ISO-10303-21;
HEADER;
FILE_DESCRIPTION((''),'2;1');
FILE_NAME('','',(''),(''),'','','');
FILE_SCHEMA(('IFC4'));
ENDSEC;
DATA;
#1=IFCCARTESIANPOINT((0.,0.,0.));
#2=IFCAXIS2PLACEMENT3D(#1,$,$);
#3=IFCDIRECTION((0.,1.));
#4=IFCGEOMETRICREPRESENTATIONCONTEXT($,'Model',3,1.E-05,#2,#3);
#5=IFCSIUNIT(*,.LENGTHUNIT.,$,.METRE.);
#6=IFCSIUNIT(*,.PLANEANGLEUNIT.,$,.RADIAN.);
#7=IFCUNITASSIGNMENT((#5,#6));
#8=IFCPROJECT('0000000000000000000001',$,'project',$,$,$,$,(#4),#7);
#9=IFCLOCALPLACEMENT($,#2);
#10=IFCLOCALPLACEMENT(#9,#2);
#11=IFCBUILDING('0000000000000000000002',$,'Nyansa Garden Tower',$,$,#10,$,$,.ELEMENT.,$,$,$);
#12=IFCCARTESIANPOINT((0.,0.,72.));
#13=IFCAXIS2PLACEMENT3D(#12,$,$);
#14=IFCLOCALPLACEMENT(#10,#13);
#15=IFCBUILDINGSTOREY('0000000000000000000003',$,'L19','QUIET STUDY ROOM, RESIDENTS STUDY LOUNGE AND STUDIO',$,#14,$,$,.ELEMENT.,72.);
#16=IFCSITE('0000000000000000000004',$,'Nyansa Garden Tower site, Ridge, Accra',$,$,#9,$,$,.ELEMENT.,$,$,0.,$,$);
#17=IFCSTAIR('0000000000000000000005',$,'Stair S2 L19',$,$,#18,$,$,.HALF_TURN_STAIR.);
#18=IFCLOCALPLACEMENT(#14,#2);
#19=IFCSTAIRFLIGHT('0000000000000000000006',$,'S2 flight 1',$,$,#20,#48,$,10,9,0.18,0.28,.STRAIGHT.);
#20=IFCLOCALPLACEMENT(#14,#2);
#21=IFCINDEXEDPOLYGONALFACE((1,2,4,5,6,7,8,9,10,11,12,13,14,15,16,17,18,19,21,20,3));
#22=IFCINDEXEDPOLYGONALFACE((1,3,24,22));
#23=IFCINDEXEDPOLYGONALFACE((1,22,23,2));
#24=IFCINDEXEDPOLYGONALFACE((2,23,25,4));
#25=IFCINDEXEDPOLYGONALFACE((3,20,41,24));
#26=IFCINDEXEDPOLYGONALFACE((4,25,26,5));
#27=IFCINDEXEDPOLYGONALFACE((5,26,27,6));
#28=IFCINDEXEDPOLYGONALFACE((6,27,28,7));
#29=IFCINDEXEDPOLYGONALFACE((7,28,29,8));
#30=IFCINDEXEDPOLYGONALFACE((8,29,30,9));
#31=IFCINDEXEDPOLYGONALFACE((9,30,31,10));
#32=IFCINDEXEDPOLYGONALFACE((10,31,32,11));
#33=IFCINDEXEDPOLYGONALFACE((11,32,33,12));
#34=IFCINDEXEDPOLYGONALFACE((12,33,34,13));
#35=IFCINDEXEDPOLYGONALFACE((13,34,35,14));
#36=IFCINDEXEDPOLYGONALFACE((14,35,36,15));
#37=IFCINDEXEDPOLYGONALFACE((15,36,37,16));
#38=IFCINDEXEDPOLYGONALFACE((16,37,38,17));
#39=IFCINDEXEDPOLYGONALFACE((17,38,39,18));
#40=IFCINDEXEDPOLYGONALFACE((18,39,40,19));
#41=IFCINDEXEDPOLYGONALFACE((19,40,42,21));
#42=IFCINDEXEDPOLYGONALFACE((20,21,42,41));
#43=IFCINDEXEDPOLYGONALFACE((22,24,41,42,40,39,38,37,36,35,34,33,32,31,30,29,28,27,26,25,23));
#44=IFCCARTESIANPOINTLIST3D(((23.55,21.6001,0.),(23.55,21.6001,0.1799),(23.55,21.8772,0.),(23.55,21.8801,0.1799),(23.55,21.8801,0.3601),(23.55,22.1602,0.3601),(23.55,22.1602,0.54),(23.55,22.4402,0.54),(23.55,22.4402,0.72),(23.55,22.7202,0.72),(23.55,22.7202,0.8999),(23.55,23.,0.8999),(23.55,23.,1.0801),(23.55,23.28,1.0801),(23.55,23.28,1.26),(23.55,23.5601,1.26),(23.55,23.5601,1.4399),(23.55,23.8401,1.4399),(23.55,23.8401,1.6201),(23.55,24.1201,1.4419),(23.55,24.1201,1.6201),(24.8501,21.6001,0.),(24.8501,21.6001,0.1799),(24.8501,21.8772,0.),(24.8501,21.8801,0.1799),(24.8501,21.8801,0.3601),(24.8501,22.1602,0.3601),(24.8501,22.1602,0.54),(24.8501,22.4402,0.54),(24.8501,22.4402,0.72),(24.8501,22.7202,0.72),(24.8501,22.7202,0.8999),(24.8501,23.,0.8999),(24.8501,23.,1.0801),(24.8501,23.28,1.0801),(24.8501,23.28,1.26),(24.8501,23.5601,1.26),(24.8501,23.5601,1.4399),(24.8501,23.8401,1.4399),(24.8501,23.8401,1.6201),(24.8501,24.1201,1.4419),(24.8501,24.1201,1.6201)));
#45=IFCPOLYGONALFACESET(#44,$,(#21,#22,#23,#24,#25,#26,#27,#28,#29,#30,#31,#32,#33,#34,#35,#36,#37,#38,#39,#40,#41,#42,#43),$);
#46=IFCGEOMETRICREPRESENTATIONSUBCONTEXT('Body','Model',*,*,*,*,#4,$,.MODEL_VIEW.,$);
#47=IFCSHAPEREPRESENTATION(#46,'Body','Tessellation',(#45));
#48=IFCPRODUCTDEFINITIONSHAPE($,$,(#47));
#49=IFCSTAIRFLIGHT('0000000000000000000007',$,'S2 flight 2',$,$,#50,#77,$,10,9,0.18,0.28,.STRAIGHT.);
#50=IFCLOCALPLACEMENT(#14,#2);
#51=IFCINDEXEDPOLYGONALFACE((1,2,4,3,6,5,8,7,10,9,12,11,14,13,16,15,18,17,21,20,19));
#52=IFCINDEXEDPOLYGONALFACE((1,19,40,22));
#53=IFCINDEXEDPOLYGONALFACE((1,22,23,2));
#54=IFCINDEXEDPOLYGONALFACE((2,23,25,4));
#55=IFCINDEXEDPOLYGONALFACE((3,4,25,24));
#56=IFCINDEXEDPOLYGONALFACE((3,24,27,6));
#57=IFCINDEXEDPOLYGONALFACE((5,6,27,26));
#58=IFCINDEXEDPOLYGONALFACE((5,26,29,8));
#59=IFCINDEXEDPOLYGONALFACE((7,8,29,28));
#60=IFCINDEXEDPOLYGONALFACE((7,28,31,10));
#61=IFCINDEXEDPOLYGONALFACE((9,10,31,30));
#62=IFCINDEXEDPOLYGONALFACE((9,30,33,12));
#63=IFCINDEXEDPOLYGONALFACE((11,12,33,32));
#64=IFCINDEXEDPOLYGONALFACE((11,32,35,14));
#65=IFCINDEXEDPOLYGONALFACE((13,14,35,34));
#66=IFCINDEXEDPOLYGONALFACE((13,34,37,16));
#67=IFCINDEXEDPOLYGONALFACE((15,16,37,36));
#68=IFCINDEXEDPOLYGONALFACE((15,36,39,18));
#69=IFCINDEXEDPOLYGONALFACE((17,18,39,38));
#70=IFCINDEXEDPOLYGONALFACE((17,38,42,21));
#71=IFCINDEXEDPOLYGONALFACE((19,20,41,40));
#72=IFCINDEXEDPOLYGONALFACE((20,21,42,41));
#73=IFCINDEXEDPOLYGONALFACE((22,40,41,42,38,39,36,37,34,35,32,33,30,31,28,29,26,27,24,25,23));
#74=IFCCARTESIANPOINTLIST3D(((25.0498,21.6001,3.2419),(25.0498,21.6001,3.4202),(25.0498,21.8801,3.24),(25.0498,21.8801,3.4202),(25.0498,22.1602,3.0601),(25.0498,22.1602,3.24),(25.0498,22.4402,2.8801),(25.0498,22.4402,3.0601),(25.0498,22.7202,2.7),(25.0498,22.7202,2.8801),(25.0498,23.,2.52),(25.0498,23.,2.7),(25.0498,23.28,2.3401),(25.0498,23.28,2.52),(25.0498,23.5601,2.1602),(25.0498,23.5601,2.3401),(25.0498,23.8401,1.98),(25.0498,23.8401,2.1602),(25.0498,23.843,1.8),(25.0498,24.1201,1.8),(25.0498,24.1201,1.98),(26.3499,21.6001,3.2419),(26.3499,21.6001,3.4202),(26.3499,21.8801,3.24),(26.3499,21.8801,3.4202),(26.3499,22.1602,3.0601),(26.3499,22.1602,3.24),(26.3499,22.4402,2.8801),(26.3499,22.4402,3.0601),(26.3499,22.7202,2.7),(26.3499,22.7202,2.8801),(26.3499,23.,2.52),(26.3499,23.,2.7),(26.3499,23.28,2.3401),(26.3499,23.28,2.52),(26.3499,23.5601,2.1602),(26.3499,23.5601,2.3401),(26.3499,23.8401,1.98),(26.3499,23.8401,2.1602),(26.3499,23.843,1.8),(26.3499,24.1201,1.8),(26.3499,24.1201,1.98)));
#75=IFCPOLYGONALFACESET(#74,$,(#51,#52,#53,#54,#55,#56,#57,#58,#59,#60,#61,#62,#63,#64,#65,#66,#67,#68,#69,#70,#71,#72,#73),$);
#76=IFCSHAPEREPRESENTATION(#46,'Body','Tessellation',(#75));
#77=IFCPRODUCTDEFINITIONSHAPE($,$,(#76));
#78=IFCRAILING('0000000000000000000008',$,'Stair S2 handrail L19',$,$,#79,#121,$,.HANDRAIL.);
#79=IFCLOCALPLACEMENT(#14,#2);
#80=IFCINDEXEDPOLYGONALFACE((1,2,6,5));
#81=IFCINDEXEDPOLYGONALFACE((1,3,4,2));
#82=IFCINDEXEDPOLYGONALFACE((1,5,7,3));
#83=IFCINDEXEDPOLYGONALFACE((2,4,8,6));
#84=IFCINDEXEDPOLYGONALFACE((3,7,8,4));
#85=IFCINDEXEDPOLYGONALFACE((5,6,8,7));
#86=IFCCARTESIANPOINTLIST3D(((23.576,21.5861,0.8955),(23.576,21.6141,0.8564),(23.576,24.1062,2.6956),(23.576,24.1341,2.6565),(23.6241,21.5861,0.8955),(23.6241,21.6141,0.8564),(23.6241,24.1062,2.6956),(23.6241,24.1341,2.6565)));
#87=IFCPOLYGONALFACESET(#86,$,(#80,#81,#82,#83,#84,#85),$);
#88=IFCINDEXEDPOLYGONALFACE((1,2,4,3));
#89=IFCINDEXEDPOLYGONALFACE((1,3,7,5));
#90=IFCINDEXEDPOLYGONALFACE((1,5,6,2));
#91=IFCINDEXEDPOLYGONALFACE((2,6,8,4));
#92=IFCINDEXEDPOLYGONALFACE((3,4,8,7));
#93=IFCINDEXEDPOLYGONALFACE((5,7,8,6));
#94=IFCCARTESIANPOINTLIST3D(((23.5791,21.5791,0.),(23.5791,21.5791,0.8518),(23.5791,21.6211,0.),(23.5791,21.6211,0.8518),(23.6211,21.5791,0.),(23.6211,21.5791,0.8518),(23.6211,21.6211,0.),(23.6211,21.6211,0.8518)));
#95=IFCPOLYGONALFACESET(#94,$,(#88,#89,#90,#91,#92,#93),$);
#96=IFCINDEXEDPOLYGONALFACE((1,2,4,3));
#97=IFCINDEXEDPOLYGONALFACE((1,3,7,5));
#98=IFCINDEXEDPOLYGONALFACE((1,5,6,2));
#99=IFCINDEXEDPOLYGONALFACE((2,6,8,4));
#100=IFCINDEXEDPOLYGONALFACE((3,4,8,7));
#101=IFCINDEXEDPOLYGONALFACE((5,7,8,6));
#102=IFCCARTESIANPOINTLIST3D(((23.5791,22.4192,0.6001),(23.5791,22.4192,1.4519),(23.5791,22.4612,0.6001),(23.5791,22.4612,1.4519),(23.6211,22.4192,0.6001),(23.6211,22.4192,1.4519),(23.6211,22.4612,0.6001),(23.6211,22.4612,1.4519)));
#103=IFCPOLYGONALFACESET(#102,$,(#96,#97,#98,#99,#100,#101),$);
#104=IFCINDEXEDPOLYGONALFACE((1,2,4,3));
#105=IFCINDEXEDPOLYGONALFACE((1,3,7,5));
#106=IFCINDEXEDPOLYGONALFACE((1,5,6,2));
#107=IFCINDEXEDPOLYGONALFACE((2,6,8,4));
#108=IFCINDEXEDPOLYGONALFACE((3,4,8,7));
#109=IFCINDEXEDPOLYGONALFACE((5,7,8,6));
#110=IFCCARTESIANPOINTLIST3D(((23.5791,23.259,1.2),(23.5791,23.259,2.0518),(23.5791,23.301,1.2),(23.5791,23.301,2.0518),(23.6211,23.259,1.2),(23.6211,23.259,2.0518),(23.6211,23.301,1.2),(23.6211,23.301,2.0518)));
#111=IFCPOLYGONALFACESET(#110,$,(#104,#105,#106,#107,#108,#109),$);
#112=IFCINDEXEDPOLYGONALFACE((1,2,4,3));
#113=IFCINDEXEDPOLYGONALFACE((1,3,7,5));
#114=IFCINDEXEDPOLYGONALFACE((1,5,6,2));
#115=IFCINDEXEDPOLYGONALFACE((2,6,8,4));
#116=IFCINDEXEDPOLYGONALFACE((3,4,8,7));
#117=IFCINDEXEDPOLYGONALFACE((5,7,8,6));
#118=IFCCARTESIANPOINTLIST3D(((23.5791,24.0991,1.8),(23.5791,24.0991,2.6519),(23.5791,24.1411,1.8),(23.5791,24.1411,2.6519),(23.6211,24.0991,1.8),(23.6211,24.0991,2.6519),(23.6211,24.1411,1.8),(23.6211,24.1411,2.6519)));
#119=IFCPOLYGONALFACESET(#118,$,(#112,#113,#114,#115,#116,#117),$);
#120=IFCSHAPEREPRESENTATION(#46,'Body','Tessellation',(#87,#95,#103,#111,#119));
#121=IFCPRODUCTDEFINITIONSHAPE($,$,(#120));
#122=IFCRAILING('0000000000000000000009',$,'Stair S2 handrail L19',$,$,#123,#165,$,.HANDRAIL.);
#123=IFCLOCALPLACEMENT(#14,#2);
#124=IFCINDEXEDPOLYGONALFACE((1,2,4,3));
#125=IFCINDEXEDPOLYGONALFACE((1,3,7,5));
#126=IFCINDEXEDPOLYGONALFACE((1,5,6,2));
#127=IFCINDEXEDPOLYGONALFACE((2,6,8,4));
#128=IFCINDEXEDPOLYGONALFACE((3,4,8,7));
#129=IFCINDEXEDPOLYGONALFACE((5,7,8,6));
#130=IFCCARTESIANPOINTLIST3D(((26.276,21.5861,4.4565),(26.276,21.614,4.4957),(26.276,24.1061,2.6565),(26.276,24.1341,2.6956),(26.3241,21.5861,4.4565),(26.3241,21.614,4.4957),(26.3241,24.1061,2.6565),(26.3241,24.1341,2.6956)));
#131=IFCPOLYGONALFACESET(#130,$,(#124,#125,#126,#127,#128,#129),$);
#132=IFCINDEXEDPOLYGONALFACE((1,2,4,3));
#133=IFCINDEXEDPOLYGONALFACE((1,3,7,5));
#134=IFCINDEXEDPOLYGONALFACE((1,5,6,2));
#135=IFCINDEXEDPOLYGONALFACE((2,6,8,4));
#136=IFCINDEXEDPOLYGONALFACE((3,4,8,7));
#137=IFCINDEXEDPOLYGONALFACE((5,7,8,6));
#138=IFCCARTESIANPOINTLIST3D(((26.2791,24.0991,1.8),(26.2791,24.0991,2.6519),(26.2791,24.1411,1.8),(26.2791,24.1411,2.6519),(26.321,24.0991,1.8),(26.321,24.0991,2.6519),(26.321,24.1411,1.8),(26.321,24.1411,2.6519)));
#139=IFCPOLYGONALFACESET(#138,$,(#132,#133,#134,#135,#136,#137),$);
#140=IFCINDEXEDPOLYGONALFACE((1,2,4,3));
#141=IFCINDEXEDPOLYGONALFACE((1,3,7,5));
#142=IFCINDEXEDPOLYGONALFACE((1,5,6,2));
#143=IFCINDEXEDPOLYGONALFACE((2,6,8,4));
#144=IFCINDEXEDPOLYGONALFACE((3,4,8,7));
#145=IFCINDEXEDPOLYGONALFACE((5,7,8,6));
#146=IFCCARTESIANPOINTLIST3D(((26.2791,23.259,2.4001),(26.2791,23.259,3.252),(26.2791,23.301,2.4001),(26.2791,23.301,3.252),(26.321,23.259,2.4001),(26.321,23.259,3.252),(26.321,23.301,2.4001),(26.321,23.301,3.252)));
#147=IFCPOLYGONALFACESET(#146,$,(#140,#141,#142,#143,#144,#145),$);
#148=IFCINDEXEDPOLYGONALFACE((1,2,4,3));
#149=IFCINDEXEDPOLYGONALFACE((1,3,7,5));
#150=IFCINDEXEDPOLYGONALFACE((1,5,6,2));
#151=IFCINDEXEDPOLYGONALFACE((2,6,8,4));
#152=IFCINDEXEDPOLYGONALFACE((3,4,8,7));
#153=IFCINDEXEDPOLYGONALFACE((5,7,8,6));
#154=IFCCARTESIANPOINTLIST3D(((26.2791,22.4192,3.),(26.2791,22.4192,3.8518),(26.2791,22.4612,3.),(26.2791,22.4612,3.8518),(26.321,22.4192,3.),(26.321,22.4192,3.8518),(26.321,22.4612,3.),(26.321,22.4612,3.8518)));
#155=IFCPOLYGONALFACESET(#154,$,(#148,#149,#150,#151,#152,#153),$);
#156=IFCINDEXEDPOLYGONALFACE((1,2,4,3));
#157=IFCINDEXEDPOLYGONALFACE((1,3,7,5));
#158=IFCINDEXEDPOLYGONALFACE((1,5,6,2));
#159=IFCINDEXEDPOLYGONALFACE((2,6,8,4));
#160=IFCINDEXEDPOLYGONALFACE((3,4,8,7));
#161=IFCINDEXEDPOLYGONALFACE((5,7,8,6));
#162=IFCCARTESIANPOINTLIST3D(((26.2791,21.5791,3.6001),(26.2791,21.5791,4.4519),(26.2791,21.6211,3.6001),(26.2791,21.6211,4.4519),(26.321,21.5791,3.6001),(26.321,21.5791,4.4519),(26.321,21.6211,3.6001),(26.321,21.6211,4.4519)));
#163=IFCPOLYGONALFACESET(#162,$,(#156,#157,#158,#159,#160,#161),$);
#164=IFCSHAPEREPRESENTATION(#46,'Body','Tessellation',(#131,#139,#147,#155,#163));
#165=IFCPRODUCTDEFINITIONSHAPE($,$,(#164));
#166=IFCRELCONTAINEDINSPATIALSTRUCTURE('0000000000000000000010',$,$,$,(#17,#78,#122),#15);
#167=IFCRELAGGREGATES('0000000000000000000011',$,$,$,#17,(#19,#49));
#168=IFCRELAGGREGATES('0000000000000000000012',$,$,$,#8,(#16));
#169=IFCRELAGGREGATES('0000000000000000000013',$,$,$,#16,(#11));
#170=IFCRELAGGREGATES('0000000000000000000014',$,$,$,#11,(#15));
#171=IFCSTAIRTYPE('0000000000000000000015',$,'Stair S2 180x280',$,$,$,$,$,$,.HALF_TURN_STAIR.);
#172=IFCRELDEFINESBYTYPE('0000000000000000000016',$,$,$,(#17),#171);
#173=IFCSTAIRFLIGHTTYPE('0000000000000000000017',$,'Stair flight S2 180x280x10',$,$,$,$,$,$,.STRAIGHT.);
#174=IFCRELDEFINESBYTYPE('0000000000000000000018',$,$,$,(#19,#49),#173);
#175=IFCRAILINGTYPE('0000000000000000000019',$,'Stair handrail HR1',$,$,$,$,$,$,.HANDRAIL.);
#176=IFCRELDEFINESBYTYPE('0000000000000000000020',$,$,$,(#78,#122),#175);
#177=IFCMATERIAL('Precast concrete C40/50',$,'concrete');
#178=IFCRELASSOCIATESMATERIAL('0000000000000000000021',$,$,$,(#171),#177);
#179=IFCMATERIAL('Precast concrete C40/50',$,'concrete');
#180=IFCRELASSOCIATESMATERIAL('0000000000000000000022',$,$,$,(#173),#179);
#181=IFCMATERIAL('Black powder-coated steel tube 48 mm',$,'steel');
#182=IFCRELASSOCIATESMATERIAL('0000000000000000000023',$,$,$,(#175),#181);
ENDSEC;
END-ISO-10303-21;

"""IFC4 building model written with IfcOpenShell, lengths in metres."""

from ifc_helpers import new_model, si_unit, direction, frame, origin, origin_2d, place, context, subcontext, project, spatial, polyline, rectangle, outline, extrude, material, type_object, element, aggregate, save


model = new_model("IFC4")

# Units and contexts
model_context = context("Model", 3, precision=1e-05, world=origin(), true_north=direction((0.0, 1.0)))
body_context = subcontext(model_context, "Body", "Model", "MODEL_VIEW")
ifc_project = project(units=[si_unit("LENGTHUNIT", "METRE"), si_unit("PLANEANGLEUNIT", "RADIAN")], contexts=[model_context])

# Site, building, storey
site_placement = place(None, origin())
site = spatial("IfcSite", under=ifc_project, at=site_placement, Name="Nyansa Garden Tower site, Ridge, Accra", CompositionType="ELEMENT", RefElevation=0.0)
building_placement = place(site_placement, origin())
building = spatial("IfcBuilding", under=site, at=building_placement, Name="Nyansa Garden Tower", CompositionType="ELEMENT")
storey_placement = place(building_placement, frame((0.0, 0.0, 72.0)))
storey = spatial("IfcBuildingStorey", under=building, at=storey_placement, Name="L19", Description="QUIET STUDY ROOM, RESIDENTS STUDY LOUNGE AND STUDIO", CompositionType="ELEMENT", Elevation=72.0)

# Stair, stair flights
ifc_material_1 = material(Name="Precast concrete C40/50", Category="concrete")
stair_type = type_object("IfcStairType", Name="Stair S2 180x280", PredefinedType="HALF_TURN_STAIR", material=ifc_material_1)
stair_placement = place(storey_placement, origin())
stair = element("IfcStair", 1, at=stair_placement, inside=storey, type_object=stair_type, Name="Stair S2 L19", PredefinedType="HALF_TURN_STAIR")
ifc_material_2 = material(Name="Precast concrete C40/50", Category="concrete")
stair_flight_type = type_object("IfcStairFlightType", Name="Stair flight S2 180x280x10", PredefinedType="STRAIGHT", material=ifc_material_2)
stair_flight_1_placement = place(storey_placement, frame((24.2, 21.6001, 0.0), z_axis=(0.0, 0.0, 1.0), x_axis=(0.0, 1.0, 0.0)))
stair_flight_1 = element("IfcStairFlight", 2, at=stair_flight_1_placement, type_object=stair_flight_type, Name="S2 flight 1", NumberOfRisers=10, NumberOfTreads=9, PredefinedType="STRAIGHT", RiserHeight=0.18, TreadLength=0.28, context=body_context, shape_type="SweptSolid", body=[
    extrude(outline(polyline([(0.0, 0.0), (0.0, 0.1799), (0.28, 0.1799), (0.28, 0.3601), (0.5601, 0.3601), (0.5601, 0.54), (0.8401, 0.54), (0.8401, 0.72), (1.1201, 0.72), (1.1201, 0.8999), (1.3999, 0.8999), (1.3999, 1.0801), (1.6799, 1.0801), (1.6799, 1.26), (1.96, 1.26), (1.96, 1.4399), (2.24, 1.4399), (2.24, 1.6201), (2.52, 1.6201), (2.52, 1.8), (2.52, 1.4419), (0.2771, 0.0), (0.0, 0.0)])), frame((0.0, 0.6499, 0.0), z_axis=(0.0, -1.0, 0.0), x_axis=(1.0, 0.0, 0.0)), (0.0, 0.0, 1.0), 1.3),
])
stair_flight_2_placement = place(storey_placement, frame((25.7, 24.1201, 1.8), z_axis=(0.0, 0.0, 1.0), x_axis=(0.0, -1.0, 0.0)))
stair_flight_2 = element("IfcStairFlight", 3, at=stair_flight_2_placement, type_object=stair_flight_type, Name="S2 flight 2", NumberOfRisers=10, NumberOfTreads=9, PredefinedType="STRAIGHT", RiserHeight=0.18, TreadLength=0.28, context=body_context, shape_type="SweptSolid", body=[
    extrude(outline(polyline([(0.0, 0.0), (0.0, 0.1799), (0.28, 0.1799), (0.28, 0.3601), (0.5601, 0.3601), (0.5601, 0.54), (0.8401, 0.54), (0.8401, 0.72), (1.1201, 0.72), (1.1201, 0.8999), (1.3999, 0.8999), (1.3999, 1.0801), (1.6799, 1.0801), (1.6799, 1.26), (1.96, 1.26), (1.96, 1.4399), (2.24, 1.4399), (2.24, 1.6201), (2.52, 1.6201), (2.52, 1.8), (2.52, 1.4419), (0.2771, 0.0), (0.0, 0.0)])), frame((0.0, 0.6499, 0.0), z_axis=(0.0, -1.0, 0.0), x_axis=(1.0, 0.0, 0.0)), (0.0, 0.0, 1.0), 1.3),
])
aggregate(stair, [stair_flight_1, stair_flight_2])

# Railings
ifc_material_3 = material(Name="Black powder-coated steel tube 48 mm", Category="steel")
railing_type = type_object("IfcRailingType", Name="Stair handrail HR1", PredefinedType="HANDRAIL", material=ifc_material_3)
railing_1_placement = place(storey_placement, frame((23.6001, 21.6001, 0.0)))
element("IfcRailing", 4, at=railing_1_placement, inside=storey, type_object=railing_type, Name="Stair S2 handrail L19", PredefinedType="HANDRAIL", context=body_context, shape_type="SweptSolid", body=[
    extrude(rectangle(XDim=0.0481, YDim=0.0481, at=origin_2d()), frame((0.0, 0.0, 0.876), z_axis=(0.0, 0.813728, 0.581246), x_axis=(-1.0, 0.0, 0.0)), (0.0, 0.0, 1.0), 3.0969),
    extrude(rectangle(XDim=0.042, YDim=0.042, at=origin_2d()), origin(), (0.0, 0.0, 1.0), 0.8518),
    extrude(rectangle(XDim=0.042, YDim=0.042, at=origin_2d()), frame((0.0, 0.8401, 0.6001)), (0.0, 0.0, 1.0), 0.8518),
    extrude(rectangle(XDim=0.042, YDim=0.042, at=origin_2d()), frame((0.0, 1.6799, 1.2)), (0.0, 0.0, 1.0), 0.8518),
    extrude(rectangle(XDim=0.042, YDim=0.042, at=origin_2d()), frame((0.0, 2.52, 1.8)), (0.0, 0.0, 1.0), 0.8518),
])
railing_2_placement = place(storey_placement, frame((26.3, 24.1201, 1.8)))
element("IfcRailing", 5, at=railing_2_placement, inside=storey, type_object=railing_type, Name="Stair S2 handrail L19", PredefinedType="HANDRAIL", context=body_context, shape_type="SweptSolid", body=[
    extrude(rectangle(XDim=0.0481, YDim=0.0481, at=origin_2d()), frame((0.0, 0.0, 0.876), z_axis=(0.0, -0.813728, 0.581246), x_axis=(1.0, 0.0, 0.0)), (0.0, 0.0, 1.0), 3.0969),
    extrude(rectangle(XDim=0.042, YDim=0.042, at=origin_2d()), origin(), (0.0, 0.0, 1.0), 0.8518),
    extrude(rectangle(XDim=0.042, YDim=0.042, at=origin_2d()), frame((0.0, -0.8401, 0.6001)), (0.0, 0.0, 1.0), 0.8518),
    extrude(rectangle(XDim=0.042, YDim=0.042, at=origin_2d()), frame((0.0, -1.6799, 1.2)), (0.0, 0.0, 1.0), 0.8518),
    extrude(rectangle(XDim=0.042, YDim=0.042, at=origin_2d()), frame((0.0, -2.52, 1.8)), (0.0, 0.0, 1.0), 0.8518),
])

save(model, "model.ifc")
